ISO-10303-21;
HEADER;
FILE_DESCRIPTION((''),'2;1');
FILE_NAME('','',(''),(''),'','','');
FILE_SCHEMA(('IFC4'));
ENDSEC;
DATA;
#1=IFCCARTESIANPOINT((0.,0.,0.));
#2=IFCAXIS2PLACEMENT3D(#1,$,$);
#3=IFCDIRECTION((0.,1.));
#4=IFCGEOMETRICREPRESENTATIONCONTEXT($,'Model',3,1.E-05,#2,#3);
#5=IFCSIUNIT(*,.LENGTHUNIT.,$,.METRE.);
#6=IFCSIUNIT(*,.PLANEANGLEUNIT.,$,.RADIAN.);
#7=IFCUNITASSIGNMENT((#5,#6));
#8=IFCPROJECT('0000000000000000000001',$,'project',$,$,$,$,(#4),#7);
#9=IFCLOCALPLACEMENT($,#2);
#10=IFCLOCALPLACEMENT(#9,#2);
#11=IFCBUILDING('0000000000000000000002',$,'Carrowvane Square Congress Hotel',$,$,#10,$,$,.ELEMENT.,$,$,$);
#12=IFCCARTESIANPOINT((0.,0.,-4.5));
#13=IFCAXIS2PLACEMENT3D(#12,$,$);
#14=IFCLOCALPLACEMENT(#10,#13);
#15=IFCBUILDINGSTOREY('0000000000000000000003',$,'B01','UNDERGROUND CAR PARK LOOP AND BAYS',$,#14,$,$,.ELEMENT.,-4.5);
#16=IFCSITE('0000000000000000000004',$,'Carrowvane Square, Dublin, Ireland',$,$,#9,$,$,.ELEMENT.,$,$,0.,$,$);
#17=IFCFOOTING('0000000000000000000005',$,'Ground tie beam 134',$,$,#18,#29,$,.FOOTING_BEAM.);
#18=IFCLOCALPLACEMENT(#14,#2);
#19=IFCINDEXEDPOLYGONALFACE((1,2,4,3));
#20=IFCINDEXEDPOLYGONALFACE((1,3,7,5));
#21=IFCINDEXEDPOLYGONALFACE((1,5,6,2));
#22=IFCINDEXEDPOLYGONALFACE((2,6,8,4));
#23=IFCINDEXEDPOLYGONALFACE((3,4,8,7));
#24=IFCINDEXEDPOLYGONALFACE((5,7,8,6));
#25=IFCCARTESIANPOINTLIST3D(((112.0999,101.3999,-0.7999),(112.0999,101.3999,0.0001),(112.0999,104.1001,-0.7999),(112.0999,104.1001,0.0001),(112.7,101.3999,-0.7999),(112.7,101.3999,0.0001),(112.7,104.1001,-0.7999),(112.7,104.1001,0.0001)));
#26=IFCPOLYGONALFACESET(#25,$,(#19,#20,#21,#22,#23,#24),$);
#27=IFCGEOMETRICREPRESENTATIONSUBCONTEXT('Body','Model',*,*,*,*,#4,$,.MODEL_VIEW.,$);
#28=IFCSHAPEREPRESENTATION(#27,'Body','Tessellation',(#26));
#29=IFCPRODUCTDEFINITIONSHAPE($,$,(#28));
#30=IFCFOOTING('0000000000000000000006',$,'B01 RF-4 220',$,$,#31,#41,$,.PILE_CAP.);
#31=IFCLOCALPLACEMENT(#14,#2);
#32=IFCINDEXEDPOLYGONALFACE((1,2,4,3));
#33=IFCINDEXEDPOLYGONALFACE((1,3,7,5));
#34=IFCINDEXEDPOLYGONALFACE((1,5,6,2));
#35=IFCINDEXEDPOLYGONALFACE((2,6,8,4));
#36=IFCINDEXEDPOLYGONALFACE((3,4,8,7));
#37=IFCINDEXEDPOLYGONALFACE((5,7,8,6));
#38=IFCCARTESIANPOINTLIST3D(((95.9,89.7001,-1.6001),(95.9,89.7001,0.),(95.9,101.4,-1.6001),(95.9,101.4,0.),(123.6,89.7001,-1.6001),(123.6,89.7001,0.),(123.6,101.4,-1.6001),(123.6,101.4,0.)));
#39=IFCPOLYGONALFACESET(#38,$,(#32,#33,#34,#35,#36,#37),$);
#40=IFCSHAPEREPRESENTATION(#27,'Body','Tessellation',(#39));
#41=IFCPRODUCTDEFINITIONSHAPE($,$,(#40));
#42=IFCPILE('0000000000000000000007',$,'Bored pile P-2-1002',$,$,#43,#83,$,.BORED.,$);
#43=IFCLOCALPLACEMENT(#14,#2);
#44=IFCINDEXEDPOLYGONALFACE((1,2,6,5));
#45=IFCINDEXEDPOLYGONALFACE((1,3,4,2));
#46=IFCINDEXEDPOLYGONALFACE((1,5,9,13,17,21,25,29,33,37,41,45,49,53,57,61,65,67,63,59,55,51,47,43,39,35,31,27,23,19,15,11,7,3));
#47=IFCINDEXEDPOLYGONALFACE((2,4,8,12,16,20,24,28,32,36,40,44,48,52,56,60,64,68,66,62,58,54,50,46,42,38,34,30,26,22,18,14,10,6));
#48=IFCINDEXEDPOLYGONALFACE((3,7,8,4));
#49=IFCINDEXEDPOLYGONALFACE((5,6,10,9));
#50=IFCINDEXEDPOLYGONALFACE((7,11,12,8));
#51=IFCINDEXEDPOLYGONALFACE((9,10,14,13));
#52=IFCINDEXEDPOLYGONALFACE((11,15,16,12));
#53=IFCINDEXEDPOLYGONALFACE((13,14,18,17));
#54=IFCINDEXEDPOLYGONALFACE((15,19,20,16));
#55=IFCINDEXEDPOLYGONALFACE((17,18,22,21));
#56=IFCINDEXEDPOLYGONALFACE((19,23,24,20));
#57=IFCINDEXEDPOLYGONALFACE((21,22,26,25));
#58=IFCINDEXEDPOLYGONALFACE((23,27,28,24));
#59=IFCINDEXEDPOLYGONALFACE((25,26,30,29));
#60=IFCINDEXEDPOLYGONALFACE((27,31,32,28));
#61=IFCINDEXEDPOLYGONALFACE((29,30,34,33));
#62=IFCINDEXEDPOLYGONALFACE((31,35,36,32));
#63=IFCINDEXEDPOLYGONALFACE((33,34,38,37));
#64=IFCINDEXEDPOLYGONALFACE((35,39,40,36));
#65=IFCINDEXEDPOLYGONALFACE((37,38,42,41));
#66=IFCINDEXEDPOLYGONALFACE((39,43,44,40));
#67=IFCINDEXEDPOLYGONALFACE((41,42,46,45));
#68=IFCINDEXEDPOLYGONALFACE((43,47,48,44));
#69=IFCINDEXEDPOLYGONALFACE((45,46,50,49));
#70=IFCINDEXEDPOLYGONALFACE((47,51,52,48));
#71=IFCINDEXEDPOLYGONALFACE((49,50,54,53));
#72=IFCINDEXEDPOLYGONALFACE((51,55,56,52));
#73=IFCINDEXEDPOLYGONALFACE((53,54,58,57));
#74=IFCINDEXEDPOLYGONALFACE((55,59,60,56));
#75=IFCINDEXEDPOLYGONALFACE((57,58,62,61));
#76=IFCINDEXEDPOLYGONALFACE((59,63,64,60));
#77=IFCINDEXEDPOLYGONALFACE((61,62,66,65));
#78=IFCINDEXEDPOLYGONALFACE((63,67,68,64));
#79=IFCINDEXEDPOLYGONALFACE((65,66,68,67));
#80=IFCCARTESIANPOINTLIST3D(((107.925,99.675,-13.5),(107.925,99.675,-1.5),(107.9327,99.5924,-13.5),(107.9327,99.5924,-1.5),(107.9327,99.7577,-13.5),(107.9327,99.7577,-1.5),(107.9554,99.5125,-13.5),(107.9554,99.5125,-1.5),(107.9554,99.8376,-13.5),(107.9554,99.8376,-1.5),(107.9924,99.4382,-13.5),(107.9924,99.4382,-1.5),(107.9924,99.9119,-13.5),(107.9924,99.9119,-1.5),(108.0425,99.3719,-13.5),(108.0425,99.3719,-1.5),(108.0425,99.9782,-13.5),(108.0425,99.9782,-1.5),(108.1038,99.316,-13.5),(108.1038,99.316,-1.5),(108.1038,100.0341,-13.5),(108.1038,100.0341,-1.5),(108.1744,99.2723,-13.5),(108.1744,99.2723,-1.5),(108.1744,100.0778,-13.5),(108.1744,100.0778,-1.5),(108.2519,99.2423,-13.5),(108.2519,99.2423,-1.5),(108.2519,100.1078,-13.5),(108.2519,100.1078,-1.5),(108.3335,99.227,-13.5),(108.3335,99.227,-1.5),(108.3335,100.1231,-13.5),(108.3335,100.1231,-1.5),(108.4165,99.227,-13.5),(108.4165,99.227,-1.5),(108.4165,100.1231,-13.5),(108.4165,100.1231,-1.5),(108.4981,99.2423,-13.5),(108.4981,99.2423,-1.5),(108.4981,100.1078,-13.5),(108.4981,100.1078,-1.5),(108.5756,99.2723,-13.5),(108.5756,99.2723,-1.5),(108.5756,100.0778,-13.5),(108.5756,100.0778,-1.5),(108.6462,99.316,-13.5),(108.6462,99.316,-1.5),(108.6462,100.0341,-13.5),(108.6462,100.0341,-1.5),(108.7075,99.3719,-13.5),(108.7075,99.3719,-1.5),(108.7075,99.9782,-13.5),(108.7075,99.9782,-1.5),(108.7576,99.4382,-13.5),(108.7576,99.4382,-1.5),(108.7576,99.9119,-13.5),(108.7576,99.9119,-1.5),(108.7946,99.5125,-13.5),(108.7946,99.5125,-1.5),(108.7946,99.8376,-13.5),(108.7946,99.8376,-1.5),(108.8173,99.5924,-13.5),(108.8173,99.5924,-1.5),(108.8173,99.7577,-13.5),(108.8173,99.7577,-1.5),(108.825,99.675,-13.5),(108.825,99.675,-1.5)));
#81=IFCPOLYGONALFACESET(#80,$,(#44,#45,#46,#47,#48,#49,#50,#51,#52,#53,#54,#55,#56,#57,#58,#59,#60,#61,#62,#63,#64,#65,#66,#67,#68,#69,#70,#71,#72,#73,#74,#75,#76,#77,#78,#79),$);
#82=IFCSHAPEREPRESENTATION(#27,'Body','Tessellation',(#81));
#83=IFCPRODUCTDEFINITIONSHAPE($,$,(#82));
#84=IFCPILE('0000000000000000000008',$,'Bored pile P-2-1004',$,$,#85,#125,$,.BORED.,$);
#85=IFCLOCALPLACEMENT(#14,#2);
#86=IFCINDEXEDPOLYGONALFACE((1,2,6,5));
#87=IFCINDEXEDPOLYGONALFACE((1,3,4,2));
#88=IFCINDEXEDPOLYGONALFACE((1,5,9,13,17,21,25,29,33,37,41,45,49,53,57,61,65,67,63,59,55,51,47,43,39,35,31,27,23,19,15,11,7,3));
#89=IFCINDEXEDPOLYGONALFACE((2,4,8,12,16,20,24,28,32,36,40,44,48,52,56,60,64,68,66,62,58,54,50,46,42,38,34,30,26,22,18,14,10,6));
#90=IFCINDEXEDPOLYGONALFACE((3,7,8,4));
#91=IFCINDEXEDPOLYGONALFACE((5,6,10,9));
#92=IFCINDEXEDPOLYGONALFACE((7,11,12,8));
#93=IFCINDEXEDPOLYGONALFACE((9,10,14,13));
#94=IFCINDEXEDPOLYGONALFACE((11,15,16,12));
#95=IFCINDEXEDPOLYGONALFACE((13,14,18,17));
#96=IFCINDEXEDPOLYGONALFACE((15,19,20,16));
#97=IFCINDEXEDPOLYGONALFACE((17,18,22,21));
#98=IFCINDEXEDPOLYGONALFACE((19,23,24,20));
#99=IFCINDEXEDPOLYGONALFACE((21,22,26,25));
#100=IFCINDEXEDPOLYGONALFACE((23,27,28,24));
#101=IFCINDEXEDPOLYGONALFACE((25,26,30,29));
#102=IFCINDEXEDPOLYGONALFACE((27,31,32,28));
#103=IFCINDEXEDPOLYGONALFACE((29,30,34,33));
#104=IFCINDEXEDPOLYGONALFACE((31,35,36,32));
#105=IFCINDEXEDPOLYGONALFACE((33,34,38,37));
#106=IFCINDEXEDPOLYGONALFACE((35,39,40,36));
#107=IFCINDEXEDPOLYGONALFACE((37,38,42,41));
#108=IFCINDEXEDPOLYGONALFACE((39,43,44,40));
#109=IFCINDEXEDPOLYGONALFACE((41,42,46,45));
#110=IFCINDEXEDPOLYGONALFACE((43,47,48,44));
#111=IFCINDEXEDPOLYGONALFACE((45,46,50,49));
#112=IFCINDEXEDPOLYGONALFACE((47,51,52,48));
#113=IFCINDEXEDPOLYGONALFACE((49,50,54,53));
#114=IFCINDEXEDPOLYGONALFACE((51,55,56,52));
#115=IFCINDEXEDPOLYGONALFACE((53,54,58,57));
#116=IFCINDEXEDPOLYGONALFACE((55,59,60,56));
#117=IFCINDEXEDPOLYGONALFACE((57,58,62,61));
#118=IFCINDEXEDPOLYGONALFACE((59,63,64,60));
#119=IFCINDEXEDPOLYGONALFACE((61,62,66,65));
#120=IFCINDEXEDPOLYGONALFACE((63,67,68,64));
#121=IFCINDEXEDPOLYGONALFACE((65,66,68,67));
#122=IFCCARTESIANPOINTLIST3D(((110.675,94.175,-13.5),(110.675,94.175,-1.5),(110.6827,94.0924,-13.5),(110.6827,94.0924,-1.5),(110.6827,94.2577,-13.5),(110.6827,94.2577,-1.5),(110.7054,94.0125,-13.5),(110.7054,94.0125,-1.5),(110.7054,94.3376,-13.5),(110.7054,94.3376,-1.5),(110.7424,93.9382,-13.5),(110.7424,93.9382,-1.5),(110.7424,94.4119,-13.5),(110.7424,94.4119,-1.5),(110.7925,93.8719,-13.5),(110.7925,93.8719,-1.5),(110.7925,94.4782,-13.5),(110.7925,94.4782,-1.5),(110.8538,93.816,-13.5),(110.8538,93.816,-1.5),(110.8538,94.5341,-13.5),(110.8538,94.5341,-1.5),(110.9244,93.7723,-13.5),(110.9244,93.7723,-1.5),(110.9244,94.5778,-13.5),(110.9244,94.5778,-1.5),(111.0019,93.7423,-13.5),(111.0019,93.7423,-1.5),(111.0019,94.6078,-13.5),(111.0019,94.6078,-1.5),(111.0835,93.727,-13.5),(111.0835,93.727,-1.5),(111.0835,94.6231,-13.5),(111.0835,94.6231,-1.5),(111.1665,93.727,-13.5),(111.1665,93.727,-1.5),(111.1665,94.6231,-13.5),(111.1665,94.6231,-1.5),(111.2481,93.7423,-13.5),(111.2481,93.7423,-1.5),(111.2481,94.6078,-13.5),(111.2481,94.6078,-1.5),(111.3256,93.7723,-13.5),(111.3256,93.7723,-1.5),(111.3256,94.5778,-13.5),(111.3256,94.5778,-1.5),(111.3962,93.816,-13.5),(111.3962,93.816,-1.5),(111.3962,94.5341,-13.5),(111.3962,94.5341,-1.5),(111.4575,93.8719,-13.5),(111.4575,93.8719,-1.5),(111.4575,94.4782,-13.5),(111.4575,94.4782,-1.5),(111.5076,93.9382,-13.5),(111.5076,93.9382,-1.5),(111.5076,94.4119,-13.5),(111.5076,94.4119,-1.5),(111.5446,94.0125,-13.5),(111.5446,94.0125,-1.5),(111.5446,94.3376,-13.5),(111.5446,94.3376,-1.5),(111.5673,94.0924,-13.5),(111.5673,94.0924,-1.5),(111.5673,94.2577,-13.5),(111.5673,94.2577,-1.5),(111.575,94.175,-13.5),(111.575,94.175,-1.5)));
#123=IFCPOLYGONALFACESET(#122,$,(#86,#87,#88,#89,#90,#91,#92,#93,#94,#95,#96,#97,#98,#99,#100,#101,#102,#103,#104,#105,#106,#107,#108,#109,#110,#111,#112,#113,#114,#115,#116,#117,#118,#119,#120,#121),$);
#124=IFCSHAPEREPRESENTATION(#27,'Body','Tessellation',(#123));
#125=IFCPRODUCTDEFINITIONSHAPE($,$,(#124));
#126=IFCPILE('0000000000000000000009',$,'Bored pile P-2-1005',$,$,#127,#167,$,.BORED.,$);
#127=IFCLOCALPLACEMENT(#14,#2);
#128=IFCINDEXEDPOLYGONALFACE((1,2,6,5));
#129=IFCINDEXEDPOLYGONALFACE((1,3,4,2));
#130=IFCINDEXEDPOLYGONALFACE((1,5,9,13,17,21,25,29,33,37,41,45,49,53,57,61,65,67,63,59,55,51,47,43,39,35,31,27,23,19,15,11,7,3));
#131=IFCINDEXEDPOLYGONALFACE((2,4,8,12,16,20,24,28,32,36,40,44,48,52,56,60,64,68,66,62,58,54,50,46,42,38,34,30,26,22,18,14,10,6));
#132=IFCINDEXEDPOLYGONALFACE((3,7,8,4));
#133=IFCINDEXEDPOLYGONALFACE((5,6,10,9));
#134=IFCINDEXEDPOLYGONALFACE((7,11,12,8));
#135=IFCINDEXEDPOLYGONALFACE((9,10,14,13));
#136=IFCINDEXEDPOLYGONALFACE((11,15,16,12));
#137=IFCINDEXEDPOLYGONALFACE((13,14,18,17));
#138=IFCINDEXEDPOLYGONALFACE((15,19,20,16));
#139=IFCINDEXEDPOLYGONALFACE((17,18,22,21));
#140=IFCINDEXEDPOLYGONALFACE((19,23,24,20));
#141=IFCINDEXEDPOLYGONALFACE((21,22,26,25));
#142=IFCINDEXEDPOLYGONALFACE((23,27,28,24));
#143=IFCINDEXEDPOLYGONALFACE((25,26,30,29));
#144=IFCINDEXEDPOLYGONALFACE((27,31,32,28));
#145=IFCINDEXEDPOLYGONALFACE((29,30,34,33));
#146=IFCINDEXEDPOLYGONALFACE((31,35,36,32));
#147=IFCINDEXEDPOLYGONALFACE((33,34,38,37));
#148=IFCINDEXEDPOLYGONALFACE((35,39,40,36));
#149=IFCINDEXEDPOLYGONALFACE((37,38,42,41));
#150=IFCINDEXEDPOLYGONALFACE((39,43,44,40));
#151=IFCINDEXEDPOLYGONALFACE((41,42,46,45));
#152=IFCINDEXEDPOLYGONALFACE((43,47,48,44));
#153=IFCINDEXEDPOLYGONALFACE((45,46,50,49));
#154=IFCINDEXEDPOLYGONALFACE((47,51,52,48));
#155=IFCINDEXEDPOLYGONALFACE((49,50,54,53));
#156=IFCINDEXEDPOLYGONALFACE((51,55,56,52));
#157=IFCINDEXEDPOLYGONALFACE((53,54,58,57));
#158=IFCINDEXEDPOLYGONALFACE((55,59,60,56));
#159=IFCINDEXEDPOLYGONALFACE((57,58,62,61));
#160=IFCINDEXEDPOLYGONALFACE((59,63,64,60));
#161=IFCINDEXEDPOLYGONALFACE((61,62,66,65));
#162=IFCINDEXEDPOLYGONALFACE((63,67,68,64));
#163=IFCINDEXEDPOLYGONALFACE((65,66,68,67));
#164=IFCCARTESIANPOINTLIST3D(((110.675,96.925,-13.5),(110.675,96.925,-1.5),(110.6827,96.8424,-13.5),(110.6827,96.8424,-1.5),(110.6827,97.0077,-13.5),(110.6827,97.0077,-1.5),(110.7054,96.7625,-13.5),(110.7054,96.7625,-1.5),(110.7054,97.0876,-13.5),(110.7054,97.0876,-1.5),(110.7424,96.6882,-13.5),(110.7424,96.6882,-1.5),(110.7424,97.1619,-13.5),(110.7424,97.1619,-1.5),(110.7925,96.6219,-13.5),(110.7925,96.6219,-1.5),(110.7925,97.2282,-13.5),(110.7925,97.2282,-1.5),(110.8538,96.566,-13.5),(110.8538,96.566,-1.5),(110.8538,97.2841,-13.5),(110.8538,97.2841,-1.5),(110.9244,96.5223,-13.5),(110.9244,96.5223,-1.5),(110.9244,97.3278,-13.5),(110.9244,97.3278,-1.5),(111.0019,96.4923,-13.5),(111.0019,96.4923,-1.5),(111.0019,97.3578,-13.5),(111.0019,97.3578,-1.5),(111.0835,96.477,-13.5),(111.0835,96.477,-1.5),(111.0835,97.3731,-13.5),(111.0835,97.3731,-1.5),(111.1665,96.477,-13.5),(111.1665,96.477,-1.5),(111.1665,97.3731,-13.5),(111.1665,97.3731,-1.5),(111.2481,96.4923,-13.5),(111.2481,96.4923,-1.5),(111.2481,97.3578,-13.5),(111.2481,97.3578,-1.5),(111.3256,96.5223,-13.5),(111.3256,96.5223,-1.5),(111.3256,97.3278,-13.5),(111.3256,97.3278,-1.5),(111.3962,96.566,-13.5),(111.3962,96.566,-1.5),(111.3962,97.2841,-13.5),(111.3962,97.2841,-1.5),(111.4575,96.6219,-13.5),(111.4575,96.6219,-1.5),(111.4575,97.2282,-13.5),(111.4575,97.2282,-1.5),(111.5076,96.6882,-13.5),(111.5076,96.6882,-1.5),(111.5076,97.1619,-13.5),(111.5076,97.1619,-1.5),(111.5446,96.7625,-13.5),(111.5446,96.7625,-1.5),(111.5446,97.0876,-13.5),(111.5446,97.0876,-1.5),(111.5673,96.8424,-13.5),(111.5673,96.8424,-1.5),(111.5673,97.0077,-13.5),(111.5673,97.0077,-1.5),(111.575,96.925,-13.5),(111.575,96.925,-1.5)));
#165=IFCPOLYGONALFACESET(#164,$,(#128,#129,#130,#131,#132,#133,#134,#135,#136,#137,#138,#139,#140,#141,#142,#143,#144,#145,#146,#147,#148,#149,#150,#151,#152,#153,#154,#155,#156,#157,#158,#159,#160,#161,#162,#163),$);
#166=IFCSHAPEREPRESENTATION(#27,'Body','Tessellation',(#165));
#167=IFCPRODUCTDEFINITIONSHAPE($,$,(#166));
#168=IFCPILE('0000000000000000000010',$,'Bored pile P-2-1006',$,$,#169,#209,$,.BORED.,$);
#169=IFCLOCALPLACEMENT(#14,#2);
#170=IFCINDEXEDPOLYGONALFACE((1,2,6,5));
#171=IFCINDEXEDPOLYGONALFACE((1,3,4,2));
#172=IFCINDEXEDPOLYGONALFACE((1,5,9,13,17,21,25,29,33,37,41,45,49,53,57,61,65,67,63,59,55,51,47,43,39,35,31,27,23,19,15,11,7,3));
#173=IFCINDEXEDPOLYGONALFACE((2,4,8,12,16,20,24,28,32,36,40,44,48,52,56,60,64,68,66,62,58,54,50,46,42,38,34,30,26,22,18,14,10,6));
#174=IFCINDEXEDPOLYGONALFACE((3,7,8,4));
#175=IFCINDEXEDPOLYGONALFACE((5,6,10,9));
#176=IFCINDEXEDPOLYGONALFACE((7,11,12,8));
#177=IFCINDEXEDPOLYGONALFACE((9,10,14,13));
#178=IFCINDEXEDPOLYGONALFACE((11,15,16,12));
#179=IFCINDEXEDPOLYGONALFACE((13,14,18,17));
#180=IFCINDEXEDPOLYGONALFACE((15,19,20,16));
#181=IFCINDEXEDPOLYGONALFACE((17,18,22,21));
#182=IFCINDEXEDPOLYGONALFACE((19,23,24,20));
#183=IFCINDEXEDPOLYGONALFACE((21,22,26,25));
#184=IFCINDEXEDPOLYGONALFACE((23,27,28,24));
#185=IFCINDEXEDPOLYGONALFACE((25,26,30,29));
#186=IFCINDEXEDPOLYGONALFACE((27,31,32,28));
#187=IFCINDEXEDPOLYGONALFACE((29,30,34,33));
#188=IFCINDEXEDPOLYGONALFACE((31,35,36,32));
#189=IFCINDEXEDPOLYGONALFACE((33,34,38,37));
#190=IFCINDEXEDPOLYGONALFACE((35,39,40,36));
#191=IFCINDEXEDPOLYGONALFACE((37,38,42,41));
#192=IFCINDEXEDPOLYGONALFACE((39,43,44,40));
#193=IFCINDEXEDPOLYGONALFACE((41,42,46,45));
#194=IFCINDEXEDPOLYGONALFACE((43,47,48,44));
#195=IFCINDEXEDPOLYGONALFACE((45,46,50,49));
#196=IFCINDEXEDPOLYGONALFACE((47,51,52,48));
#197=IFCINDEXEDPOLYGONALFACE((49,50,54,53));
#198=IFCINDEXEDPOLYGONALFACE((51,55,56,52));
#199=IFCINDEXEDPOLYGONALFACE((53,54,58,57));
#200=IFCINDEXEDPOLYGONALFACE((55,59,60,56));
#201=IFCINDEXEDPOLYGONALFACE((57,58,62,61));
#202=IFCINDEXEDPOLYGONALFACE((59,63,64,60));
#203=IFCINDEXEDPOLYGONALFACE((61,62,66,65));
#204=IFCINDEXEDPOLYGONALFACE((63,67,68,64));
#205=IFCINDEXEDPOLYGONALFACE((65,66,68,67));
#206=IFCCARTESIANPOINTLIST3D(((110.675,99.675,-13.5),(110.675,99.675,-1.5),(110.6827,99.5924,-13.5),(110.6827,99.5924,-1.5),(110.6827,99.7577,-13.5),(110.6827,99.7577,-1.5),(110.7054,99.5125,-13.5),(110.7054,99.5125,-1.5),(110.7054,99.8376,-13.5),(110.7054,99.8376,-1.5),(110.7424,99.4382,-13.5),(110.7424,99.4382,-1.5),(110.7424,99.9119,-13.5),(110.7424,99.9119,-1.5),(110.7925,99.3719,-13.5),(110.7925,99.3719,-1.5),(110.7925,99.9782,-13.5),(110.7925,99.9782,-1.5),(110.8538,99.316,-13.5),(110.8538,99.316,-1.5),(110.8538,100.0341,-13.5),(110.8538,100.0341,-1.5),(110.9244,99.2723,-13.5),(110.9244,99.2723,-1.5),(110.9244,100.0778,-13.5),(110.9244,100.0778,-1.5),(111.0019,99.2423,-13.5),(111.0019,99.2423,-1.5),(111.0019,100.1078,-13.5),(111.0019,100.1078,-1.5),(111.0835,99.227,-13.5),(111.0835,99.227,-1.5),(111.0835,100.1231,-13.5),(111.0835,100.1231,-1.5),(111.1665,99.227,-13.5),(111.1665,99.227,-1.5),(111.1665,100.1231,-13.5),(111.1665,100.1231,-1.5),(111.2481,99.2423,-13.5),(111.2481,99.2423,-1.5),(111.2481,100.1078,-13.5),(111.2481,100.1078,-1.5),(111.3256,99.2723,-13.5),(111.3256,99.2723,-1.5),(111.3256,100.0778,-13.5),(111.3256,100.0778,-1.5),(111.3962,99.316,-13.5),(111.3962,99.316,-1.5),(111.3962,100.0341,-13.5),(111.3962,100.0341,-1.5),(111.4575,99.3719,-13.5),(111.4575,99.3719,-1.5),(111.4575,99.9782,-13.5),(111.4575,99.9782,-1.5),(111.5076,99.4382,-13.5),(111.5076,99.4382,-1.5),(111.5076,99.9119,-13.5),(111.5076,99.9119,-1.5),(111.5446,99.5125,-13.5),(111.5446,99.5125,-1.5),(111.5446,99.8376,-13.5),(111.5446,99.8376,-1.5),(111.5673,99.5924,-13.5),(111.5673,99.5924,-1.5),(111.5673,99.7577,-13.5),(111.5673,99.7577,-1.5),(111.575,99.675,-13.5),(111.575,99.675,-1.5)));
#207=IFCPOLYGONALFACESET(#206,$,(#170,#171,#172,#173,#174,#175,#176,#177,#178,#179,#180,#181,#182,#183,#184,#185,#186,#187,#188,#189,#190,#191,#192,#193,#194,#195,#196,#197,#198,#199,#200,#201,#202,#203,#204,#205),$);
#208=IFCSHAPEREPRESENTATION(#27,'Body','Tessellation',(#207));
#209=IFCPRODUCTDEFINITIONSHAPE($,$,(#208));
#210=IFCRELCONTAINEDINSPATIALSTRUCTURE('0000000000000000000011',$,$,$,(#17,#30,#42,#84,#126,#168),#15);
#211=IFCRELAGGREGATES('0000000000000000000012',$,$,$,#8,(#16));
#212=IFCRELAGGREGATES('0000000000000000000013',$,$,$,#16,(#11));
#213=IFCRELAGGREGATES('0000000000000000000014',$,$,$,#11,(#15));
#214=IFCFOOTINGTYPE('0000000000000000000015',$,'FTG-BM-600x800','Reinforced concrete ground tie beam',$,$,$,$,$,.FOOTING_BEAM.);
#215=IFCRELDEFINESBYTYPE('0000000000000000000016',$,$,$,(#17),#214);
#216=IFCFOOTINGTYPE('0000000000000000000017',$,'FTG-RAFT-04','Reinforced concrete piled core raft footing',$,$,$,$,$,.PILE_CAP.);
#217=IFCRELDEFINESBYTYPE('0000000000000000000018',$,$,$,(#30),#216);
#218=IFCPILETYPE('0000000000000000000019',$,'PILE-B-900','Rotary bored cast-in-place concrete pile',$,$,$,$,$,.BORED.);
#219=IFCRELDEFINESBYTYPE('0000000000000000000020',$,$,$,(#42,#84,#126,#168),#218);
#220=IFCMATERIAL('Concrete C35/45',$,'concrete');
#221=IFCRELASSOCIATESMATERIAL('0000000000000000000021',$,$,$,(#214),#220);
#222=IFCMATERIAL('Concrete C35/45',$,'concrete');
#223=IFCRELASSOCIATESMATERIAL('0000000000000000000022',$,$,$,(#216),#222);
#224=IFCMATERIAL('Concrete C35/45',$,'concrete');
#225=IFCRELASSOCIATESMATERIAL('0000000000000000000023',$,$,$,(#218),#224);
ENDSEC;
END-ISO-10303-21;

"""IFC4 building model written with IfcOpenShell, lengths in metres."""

from ifc_helpers import new_model, si_unit, direction, frame, origin, origin_2d, place, context, subcontext, project, spatial, rectangle, circle, extrude, material, material_profile, profile_set, type_object, element, save


model = new_model("IFC4")

# Units and contexts
model_context = context("Model", 3, precision=1e-05, world=origin(), true_north=direction((0.0, 1.0)))
body_context = subcontext(model_context, "Body", "Model", "MODEL_VIEW")
ifc_project = project(units=[si_unit("LENGTHUNIT", "METRE"), si_unit("PLANEANGLEUNIT", "RADIAN")], contexts=[model_context])

# Site, building, storey
site_placement = place(None, origin())
site = spatial("IfcSite", under=ifc_project, at=site_placement, Name="Carrowvane Square, Dublin, Ireland", CompositionType="ELEMENT", RefElevation=0.0)
building_placement = place(site_placement, origin())
building = spatial("IfcBuilding", under=site, at=building_placement, Name="Carrowvane Square Congress Hotel", CompositionType="ELEMENT")
storey_placement = place(building_placement, frame((0.0, 0.0, -4.5)))
storey = spatial("IfcBuildingStorey", under=building, at=storey_placement, Name="B01", Description="UNDERGROUND CAR PARK LOOP AND BAYS", CompositionType="ELEMENT", Elevation=-4.5)

# Footings
ifc_material_1 = material(Name="Concrete C35/45", Category="concrete")
ifc_material_profile_1 = material_profile(ifc_material_1, rectangle(XDim=0.6001, YDim=0.8, at=origin_2d()), Name="RC 600x800")
ifc_profile_set_1 = profile_set([ifc_material_profile_1], Name="Concrete C35/45")
footing_type_1 = type_object("IfcFootingType", Name="FTG-BM-600x800", Description="Reinforced concrete ground tie beam", PredefinedType="FOOTING_BEAM", material=ifc_profile_set_1)
footing_1_placement = place(storey_placement, frame((112.3999, 101.3999, -0.3999), z_axis=(0.0, 1.0, 0.0), x_axis=(-1.0, 0.0, 0.0)))
element("IfcFooting", 1, at=footing_1_placement, inside=storey, type_object=footing_type_1, Name="Ground tie beam 134", PredefinedType="FOOTING_BEAM", context=body_context, shape_type="SweptSolid", body=[
    extrude(rectangle(XDim=0.6001, YDim=0.8, at=origin_2d()), origin(), (0.0, 0.0, 1.0), 2.7002),
])
ifc_material_2 = material(Name="Concrete C35/45", Category="concrete")
footing_type_2 = type_object("IfcFootingType", Name="FTG-RAFT-04", Description="Reinforced concrete piled core raft footing", PredefinedType="PILE_CAP", material=ifc_material_2)
footing_2_placement = place(storey_placement, frame((109.75, 95.55, -1.6001), z_axis=(0.0, 0.0, 1.0), x_axis=(1.0, 0.0, 0.0)))
element("IfcFooting", 2, at=footing_2_placement, inside=storey, type_object=footing_type_2, Name="B01 RF-4 220", PredefinedType="PILE_CAP", context=body_context, shape_type="SweptSolid", body=[
    extrude(rectangle(XDim=27.7, YDim=11.7, at=origin_2d()), origin(), (0.0, 0.0, 1.0), 1.6001),
])

# Piles
ifc_material_3 = material(Name="Concrete C35/45", Category="concrete")
ifc_material_profile_2 = material_profile(ifc_material_3, circle(Radius=0.45, at=origin_2d()), Name="PILE D900")
ifc_profile_set_2 = profile_set([ifc_material_profile_2], Name="Concrete C35/45")
pile_type = type_object("IfcPileType", Name="PILE-B-900", Description="Rotary bored cast-in-place concrete pile", PredefinedType="BORED", material=ifc_profile_set_2)
for number, where, z_axis, x_axis, name in (
    (3, (108.375, 99.675, -1.5), (0.0, 0.0, -1.0), (1.0, 0.0, 0.0), "Bored pile P-2-1002"),
    (4, (111.125, 94.175, -1.5), (0.0, 0.0, -1.0), (1.0, 0.0, 0.0), "Bored pile P-2-1004"),
    (5, (111.125, 96.925, -1.5), (0.0, 0.0, -1.0), (1.0, 0.0, 0.0), "Bored pile P-2-1005"),
    (6, (111.125, 99.675, -1.5), (0.0, 0.0, -1.0), (1.0, 0.0, 0.0), "Bored pile P-2-1006"),
):
    element("IfcPile", number, at=place(storey_placement, frame(where, z_axis=z_axis, x_axis=x_axis)), inside=storey, type_object=pile_type, Name=name, PredefinedType="BORED", context=body_context, shape_type="SweptSolid", body=[
        extrude(circle(Radius=0.45, at=origin_2d()), origin(), (0.0, 0.0, 1.0), 12.0),
    ])

save(model, "model.ifc")
